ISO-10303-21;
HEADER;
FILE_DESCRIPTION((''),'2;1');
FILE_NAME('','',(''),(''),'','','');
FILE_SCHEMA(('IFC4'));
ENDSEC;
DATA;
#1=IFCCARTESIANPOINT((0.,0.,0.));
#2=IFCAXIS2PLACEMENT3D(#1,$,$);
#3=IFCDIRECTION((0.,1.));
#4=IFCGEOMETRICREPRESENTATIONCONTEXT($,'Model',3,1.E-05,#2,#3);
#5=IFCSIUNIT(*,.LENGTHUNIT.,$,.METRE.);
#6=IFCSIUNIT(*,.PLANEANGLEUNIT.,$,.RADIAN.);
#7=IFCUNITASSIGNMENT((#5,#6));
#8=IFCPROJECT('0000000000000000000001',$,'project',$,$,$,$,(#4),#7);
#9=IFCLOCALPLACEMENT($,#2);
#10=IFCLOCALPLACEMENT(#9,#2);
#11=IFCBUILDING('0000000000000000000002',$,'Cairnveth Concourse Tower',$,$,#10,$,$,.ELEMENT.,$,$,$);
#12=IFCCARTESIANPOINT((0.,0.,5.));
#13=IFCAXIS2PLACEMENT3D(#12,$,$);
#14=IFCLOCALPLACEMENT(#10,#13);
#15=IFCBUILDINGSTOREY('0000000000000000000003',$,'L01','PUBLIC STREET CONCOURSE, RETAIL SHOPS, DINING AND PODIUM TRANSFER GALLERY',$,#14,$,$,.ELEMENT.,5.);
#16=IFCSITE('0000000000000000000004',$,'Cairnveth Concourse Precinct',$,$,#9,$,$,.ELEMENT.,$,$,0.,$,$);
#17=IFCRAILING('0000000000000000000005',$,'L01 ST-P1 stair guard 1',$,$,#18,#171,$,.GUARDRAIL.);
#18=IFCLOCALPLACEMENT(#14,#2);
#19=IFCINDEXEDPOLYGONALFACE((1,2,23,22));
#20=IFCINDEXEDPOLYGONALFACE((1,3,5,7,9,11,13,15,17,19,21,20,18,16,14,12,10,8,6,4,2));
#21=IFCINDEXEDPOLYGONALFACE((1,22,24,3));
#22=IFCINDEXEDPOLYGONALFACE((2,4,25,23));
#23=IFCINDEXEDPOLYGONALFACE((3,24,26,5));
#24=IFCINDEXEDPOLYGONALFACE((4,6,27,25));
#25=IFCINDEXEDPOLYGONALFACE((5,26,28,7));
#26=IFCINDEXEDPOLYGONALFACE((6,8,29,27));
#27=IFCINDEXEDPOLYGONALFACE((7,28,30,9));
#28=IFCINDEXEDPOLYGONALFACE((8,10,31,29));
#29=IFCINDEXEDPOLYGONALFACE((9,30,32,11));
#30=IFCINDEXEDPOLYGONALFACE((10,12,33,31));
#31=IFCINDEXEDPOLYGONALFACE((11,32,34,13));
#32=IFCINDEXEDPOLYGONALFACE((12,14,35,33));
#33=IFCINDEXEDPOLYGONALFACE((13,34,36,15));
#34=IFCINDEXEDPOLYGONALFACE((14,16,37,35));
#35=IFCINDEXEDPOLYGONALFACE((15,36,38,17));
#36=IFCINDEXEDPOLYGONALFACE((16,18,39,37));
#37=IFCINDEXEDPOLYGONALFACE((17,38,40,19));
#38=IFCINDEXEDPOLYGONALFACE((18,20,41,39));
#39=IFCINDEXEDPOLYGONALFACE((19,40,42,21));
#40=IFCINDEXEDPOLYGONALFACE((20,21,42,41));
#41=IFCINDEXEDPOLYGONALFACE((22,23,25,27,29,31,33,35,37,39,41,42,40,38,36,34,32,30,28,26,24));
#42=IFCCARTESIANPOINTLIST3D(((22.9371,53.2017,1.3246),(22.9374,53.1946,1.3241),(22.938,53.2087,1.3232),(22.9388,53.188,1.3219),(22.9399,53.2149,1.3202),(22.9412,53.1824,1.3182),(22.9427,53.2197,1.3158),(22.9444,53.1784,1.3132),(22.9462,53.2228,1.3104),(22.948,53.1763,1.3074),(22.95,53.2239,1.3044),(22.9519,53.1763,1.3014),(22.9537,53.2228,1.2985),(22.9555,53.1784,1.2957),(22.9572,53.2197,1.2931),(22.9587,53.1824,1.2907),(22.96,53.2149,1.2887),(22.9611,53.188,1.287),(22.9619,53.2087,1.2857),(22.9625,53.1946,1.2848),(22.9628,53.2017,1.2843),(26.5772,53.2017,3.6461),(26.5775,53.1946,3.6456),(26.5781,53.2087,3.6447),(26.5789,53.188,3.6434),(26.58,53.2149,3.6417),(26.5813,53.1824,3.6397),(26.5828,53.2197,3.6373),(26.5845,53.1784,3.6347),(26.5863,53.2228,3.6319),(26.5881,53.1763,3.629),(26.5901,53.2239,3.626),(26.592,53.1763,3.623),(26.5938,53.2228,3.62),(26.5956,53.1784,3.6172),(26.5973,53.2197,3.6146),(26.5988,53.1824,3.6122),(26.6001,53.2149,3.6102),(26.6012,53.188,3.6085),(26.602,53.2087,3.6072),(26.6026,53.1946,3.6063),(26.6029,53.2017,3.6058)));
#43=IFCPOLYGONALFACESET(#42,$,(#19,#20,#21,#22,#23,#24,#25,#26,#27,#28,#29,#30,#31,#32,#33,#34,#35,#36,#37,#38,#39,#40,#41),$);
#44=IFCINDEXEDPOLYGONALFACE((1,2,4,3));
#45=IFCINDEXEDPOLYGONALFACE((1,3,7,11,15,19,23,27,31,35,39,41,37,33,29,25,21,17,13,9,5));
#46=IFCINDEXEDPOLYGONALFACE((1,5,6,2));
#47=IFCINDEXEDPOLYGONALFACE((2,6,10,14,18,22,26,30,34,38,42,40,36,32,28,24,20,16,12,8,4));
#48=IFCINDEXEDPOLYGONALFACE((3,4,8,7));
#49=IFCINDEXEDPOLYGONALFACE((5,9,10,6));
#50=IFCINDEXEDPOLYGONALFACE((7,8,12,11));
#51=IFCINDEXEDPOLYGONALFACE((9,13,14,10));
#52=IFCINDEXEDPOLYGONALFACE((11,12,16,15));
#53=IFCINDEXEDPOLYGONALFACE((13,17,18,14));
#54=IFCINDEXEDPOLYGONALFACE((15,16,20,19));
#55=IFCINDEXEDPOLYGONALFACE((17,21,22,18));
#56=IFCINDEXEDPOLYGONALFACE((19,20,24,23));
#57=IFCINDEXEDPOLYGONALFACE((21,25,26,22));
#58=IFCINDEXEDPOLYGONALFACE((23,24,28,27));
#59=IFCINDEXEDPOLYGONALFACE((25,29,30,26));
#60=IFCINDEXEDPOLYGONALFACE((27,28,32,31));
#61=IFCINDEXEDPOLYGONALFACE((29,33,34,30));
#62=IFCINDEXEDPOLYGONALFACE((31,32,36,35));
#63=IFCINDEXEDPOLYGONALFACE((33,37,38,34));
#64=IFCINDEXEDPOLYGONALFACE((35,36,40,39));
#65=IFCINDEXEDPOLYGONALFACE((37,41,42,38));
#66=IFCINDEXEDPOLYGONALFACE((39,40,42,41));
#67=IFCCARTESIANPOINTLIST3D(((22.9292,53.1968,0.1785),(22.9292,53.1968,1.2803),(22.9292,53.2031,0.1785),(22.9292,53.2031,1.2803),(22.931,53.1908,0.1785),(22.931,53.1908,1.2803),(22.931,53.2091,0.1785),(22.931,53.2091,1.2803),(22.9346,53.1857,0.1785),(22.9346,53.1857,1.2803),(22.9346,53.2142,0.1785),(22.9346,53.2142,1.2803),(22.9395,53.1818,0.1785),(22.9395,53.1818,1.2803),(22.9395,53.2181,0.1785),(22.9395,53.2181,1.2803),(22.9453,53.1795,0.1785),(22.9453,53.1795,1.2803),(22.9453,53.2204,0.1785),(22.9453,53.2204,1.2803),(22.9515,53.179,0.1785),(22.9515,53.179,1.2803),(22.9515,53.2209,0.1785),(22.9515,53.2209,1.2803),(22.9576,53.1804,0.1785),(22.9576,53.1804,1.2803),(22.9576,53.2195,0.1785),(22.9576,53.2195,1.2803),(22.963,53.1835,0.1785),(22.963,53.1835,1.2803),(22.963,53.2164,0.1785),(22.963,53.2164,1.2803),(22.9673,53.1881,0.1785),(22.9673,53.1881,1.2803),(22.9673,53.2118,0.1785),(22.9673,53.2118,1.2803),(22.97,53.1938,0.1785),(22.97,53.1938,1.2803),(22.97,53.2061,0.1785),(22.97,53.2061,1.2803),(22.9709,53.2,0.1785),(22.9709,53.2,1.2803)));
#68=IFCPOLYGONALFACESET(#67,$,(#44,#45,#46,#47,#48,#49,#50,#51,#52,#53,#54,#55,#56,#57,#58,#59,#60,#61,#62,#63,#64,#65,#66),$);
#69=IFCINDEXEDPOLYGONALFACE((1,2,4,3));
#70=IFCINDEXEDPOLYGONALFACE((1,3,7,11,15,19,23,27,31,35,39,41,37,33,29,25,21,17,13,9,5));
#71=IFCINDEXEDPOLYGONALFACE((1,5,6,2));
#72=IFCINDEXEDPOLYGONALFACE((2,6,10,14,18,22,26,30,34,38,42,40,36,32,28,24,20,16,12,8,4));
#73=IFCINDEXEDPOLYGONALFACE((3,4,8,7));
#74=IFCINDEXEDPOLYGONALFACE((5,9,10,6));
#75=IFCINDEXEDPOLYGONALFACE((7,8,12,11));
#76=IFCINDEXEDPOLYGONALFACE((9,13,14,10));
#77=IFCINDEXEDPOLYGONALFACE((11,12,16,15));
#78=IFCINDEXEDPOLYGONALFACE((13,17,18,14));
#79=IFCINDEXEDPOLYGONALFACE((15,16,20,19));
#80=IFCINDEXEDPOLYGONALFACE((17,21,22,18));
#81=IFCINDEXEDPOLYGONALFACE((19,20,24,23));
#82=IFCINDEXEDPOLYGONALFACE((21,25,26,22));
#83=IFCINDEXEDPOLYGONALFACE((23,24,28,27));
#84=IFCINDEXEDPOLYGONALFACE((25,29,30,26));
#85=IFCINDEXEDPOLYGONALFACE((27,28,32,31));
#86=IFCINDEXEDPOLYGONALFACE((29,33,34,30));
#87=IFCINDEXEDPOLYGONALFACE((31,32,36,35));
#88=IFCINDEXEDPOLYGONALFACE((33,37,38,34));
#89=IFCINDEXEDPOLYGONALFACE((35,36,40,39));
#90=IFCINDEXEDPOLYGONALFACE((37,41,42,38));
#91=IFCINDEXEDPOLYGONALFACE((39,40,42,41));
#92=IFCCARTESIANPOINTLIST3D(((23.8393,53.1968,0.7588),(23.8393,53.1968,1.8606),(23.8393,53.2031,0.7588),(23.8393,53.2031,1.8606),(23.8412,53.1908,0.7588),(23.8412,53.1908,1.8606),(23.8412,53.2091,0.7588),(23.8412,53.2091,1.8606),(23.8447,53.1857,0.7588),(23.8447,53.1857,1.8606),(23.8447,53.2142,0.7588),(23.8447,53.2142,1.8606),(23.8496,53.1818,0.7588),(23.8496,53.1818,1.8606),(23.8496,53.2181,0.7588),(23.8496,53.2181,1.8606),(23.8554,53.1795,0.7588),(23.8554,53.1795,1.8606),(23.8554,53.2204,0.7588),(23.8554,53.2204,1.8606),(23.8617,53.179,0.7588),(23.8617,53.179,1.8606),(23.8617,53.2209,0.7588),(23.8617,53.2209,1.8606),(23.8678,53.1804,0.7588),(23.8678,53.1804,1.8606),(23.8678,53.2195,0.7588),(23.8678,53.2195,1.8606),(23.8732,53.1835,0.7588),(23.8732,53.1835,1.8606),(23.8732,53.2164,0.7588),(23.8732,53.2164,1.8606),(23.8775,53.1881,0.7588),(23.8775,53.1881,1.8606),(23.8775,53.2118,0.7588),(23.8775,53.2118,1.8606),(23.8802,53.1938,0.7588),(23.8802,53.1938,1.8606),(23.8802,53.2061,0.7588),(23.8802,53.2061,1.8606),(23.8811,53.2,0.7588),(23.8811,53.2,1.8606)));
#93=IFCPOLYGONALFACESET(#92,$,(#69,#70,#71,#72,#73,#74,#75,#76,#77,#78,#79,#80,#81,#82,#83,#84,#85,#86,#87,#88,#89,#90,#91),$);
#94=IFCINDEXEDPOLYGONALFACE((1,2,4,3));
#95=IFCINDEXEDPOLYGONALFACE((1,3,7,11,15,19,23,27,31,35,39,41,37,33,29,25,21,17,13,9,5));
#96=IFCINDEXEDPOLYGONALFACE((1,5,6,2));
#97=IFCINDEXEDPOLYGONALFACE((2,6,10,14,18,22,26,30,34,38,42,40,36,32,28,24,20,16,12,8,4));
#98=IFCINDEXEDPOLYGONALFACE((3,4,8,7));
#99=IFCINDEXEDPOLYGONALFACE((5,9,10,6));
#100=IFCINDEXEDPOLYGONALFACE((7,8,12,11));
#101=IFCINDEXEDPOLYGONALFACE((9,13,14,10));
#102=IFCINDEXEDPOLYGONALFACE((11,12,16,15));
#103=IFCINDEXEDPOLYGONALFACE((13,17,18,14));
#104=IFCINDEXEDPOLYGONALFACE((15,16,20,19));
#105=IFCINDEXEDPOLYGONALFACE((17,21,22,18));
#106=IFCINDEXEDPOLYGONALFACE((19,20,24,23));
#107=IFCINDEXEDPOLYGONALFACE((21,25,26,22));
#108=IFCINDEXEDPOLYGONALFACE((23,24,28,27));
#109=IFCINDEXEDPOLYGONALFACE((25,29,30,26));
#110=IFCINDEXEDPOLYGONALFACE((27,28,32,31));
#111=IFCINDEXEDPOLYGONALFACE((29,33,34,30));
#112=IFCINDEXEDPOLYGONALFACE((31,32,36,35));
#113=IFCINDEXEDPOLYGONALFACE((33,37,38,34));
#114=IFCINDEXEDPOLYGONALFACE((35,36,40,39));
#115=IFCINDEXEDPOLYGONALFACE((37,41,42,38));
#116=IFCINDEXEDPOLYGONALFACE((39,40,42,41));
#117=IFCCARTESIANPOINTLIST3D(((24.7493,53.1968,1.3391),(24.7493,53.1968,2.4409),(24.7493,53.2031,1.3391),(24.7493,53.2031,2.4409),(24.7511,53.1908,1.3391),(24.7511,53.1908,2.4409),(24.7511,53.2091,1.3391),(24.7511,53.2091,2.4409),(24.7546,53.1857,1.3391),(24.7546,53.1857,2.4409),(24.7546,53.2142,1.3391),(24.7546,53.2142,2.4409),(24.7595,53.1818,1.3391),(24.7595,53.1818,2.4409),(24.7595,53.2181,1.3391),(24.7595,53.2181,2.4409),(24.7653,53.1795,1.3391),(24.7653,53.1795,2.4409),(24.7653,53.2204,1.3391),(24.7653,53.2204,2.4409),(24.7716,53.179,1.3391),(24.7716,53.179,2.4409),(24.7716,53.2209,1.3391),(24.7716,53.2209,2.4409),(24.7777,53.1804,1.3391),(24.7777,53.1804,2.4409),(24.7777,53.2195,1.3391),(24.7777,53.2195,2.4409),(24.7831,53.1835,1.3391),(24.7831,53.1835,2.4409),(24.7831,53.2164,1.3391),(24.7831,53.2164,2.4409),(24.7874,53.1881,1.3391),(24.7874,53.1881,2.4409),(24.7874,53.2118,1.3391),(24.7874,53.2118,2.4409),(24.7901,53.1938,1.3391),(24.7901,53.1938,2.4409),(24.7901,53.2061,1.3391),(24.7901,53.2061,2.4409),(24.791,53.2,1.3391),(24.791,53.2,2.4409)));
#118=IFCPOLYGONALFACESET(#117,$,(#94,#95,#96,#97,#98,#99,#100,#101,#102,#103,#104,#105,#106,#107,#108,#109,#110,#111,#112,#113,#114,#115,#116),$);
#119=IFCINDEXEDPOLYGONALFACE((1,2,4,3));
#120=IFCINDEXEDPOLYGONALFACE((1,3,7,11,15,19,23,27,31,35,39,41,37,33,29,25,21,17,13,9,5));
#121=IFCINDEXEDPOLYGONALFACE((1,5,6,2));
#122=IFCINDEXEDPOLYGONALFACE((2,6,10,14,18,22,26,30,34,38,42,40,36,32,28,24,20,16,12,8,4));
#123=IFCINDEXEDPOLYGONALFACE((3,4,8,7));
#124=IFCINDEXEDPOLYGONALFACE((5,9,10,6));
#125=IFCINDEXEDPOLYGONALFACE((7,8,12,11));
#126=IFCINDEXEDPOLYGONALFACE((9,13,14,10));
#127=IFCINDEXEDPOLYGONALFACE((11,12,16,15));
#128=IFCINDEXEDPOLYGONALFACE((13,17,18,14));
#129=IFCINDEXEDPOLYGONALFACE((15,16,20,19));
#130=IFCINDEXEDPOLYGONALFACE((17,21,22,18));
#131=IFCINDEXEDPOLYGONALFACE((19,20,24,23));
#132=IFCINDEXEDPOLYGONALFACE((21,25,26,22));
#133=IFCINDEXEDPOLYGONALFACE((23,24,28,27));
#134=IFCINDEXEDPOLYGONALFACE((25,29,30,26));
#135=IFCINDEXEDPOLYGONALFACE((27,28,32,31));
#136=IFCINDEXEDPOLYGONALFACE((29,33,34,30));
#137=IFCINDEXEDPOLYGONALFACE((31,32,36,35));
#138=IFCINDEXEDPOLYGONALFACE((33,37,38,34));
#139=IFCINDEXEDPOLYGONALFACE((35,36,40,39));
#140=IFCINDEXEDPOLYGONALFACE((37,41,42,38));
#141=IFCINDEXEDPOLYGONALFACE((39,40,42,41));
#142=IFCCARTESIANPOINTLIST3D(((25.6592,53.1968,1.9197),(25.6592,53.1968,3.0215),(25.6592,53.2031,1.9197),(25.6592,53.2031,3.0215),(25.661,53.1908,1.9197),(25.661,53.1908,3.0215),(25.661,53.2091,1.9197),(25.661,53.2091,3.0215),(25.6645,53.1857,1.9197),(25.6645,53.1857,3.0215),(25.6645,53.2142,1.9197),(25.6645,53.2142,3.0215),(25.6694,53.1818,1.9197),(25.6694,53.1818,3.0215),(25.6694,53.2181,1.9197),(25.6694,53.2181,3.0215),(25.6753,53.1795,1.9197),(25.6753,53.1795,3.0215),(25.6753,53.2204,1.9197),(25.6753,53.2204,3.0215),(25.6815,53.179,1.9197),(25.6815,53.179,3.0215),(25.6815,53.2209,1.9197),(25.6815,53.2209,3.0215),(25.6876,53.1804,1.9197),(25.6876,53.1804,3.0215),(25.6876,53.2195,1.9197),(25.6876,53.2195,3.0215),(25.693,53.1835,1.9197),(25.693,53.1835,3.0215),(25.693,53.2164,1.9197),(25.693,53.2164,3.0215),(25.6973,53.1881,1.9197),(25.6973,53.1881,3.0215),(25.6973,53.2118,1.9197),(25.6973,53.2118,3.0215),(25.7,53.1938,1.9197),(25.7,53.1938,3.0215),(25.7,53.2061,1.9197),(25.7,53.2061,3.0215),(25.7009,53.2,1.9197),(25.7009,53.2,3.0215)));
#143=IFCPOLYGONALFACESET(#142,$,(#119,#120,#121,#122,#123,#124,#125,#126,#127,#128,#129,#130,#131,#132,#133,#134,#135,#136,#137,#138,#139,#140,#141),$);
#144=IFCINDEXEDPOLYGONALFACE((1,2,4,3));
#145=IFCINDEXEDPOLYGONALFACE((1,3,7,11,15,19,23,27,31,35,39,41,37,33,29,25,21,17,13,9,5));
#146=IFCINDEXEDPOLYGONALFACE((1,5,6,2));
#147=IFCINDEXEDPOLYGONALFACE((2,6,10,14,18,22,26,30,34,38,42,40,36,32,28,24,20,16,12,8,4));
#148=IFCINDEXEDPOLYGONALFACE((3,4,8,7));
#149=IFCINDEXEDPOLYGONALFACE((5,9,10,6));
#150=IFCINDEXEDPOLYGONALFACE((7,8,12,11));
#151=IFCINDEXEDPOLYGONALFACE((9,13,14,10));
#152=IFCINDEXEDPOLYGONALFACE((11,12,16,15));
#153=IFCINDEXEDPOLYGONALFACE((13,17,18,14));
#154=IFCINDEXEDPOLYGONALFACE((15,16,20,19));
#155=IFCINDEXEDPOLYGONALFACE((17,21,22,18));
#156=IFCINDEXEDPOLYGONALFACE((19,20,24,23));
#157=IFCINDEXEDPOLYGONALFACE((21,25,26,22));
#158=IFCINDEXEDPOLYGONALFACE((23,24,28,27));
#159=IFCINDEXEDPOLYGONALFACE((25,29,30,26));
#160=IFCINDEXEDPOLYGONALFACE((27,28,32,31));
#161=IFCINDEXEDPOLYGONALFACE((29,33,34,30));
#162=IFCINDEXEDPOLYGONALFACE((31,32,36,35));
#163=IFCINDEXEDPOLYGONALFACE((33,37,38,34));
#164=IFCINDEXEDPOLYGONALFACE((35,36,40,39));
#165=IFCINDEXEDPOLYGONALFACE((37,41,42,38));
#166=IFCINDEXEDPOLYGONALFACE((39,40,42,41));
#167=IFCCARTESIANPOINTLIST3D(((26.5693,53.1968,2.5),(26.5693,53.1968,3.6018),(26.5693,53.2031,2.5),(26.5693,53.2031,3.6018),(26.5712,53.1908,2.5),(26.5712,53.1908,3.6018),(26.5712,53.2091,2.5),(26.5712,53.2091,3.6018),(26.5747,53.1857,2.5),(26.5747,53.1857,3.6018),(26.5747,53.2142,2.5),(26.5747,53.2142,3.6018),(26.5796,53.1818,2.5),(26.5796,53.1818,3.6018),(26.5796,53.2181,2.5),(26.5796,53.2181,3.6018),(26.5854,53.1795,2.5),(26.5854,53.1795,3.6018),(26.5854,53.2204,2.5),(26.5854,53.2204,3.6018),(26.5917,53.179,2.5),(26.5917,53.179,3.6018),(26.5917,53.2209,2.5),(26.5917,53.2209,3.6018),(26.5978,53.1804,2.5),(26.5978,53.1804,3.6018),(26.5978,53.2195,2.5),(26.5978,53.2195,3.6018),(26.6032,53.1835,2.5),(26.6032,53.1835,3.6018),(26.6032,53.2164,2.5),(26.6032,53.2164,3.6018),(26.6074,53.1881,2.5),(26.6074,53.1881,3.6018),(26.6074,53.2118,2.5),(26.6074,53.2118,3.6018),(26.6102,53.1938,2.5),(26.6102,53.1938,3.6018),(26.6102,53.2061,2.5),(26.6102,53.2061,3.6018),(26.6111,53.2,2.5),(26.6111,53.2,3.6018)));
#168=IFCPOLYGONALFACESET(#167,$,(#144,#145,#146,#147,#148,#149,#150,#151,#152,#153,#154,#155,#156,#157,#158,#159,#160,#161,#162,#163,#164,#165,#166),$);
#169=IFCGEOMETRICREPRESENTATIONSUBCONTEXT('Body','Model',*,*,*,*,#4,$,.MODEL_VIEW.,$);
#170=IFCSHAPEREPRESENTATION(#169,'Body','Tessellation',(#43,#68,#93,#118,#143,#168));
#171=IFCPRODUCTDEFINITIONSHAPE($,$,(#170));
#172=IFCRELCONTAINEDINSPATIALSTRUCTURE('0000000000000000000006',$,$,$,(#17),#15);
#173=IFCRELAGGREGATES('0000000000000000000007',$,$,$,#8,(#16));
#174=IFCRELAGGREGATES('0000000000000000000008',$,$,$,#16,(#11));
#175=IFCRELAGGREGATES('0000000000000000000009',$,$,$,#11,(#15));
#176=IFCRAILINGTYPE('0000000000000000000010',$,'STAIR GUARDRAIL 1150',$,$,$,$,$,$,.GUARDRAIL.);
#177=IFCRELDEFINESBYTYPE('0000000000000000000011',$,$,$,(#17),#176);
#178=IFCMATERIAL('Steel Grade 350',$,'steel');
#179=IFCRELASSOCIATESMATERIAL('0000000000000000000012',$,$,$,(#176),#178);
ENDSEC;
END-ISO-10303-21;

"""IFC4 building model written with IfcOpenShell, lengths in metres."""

from ifc_helpers import new_model, si_unit, direction, frame, origin, origin_2d, place, context, subcontext, project, spatial, circle, extrude, material, type_object, element, save


model = new_model("IFC4")

# Units and contexts
model_context = context("Model", 3, precision=1e-05, world=origin(), true_north=direction((0.0, 1.0)))
body_context = subcontext(model_context, "Body", "Model", "MODEL_VIEW")
ifc_project = project(units=[si_unit("LENGTHUNIT", "METRE"), si_unit("PLANEANGLEUNIT", "RADIAN")], contexts=[model_context])

# Site, building, storey
site_placement = place(None, origin())
site = spatial("IfcSite", under=ifc_project, at=site_placement, Name="Cairnveth Concourse Precinct", CompositionType="ELEMENT", RefElevation=0.0)
building_placement = place(site_placement, origin())
building = spatial("IfcBuilding", under=site, at=building_placement, Name="Cairnveth Concourse Tower", CompositionType="ELEMENT")
storey_placement = place(building_placement, frame((0.0, 0.0, 5.0)))
storey = spatial("IfcBuildingStorey", under=building, at=storey_placement, Name="L01", Description="PUBLIC STREET CONCOURSE, RETAIL SHOPS, DINING AND PODIUM TRANSFER GALLERY", CompositionType="ELEMENT", Elevation=5.0)

# Shared definitions
ifc_material_1 = material(Name="Steel Grade 350", Category="steel")

# Railing
railing_type_1 = type_object("IfcRailingType", Name="STAIR GUARDRAIL 1150", PredefinedType="GUARDRAIL", material=ifc_material_1)
railing_1_placement = place(storey_placement, frame((22.95, 53.2, 0.1785)))
element("IfcRailing", 1, at=railing_1_placement, inside=storey, type_object=railing_type_1, Name="L01 ST-P1 stair guard 1", PredefinedType="GUARDRAIL", context=body_context, shape_type="SweptSolid", body=[
    extrude(circle(Radius=0.0239, at=origin_2d()), frame((0.0, 0.0, 1.126), z_axis=(0.843128, 0.0, 0.537713), x_axis=(0.0, 1.0, 0.0)), (0.0, 0.0, 1.0), 4.3174),
    extrude(circle(Radius=0.021, at=origin_2d()), origin(), (0.0, 0.0, 1.0), 1.1018),
    extrude(circle(Radius=0.021, at=origin_2d()), frame((0.9102, 0.0, 0.5803)), (0.0, 0.0, 1.0), 1.1018),
    extrude(circle(Radius=0.021, at=origin_2d()), frame((1.8201, 0.0, 1.1606)), (0.0, 0.0, 1.0), 1.1018),
    extrude(circle(Radius=0.021, at=origin_2d()), frame((2.73, 0.0, 1.7412)), (0.0, 0.0, 1.0), 1.1018),
    extrude(circle(Radius=0.021, at=origin_2d()), frame((3.6401, 0.0, 2.3215)), (0.0, 0.0, 1.0), 1.1018),
])

save(model, "model.ifc")
